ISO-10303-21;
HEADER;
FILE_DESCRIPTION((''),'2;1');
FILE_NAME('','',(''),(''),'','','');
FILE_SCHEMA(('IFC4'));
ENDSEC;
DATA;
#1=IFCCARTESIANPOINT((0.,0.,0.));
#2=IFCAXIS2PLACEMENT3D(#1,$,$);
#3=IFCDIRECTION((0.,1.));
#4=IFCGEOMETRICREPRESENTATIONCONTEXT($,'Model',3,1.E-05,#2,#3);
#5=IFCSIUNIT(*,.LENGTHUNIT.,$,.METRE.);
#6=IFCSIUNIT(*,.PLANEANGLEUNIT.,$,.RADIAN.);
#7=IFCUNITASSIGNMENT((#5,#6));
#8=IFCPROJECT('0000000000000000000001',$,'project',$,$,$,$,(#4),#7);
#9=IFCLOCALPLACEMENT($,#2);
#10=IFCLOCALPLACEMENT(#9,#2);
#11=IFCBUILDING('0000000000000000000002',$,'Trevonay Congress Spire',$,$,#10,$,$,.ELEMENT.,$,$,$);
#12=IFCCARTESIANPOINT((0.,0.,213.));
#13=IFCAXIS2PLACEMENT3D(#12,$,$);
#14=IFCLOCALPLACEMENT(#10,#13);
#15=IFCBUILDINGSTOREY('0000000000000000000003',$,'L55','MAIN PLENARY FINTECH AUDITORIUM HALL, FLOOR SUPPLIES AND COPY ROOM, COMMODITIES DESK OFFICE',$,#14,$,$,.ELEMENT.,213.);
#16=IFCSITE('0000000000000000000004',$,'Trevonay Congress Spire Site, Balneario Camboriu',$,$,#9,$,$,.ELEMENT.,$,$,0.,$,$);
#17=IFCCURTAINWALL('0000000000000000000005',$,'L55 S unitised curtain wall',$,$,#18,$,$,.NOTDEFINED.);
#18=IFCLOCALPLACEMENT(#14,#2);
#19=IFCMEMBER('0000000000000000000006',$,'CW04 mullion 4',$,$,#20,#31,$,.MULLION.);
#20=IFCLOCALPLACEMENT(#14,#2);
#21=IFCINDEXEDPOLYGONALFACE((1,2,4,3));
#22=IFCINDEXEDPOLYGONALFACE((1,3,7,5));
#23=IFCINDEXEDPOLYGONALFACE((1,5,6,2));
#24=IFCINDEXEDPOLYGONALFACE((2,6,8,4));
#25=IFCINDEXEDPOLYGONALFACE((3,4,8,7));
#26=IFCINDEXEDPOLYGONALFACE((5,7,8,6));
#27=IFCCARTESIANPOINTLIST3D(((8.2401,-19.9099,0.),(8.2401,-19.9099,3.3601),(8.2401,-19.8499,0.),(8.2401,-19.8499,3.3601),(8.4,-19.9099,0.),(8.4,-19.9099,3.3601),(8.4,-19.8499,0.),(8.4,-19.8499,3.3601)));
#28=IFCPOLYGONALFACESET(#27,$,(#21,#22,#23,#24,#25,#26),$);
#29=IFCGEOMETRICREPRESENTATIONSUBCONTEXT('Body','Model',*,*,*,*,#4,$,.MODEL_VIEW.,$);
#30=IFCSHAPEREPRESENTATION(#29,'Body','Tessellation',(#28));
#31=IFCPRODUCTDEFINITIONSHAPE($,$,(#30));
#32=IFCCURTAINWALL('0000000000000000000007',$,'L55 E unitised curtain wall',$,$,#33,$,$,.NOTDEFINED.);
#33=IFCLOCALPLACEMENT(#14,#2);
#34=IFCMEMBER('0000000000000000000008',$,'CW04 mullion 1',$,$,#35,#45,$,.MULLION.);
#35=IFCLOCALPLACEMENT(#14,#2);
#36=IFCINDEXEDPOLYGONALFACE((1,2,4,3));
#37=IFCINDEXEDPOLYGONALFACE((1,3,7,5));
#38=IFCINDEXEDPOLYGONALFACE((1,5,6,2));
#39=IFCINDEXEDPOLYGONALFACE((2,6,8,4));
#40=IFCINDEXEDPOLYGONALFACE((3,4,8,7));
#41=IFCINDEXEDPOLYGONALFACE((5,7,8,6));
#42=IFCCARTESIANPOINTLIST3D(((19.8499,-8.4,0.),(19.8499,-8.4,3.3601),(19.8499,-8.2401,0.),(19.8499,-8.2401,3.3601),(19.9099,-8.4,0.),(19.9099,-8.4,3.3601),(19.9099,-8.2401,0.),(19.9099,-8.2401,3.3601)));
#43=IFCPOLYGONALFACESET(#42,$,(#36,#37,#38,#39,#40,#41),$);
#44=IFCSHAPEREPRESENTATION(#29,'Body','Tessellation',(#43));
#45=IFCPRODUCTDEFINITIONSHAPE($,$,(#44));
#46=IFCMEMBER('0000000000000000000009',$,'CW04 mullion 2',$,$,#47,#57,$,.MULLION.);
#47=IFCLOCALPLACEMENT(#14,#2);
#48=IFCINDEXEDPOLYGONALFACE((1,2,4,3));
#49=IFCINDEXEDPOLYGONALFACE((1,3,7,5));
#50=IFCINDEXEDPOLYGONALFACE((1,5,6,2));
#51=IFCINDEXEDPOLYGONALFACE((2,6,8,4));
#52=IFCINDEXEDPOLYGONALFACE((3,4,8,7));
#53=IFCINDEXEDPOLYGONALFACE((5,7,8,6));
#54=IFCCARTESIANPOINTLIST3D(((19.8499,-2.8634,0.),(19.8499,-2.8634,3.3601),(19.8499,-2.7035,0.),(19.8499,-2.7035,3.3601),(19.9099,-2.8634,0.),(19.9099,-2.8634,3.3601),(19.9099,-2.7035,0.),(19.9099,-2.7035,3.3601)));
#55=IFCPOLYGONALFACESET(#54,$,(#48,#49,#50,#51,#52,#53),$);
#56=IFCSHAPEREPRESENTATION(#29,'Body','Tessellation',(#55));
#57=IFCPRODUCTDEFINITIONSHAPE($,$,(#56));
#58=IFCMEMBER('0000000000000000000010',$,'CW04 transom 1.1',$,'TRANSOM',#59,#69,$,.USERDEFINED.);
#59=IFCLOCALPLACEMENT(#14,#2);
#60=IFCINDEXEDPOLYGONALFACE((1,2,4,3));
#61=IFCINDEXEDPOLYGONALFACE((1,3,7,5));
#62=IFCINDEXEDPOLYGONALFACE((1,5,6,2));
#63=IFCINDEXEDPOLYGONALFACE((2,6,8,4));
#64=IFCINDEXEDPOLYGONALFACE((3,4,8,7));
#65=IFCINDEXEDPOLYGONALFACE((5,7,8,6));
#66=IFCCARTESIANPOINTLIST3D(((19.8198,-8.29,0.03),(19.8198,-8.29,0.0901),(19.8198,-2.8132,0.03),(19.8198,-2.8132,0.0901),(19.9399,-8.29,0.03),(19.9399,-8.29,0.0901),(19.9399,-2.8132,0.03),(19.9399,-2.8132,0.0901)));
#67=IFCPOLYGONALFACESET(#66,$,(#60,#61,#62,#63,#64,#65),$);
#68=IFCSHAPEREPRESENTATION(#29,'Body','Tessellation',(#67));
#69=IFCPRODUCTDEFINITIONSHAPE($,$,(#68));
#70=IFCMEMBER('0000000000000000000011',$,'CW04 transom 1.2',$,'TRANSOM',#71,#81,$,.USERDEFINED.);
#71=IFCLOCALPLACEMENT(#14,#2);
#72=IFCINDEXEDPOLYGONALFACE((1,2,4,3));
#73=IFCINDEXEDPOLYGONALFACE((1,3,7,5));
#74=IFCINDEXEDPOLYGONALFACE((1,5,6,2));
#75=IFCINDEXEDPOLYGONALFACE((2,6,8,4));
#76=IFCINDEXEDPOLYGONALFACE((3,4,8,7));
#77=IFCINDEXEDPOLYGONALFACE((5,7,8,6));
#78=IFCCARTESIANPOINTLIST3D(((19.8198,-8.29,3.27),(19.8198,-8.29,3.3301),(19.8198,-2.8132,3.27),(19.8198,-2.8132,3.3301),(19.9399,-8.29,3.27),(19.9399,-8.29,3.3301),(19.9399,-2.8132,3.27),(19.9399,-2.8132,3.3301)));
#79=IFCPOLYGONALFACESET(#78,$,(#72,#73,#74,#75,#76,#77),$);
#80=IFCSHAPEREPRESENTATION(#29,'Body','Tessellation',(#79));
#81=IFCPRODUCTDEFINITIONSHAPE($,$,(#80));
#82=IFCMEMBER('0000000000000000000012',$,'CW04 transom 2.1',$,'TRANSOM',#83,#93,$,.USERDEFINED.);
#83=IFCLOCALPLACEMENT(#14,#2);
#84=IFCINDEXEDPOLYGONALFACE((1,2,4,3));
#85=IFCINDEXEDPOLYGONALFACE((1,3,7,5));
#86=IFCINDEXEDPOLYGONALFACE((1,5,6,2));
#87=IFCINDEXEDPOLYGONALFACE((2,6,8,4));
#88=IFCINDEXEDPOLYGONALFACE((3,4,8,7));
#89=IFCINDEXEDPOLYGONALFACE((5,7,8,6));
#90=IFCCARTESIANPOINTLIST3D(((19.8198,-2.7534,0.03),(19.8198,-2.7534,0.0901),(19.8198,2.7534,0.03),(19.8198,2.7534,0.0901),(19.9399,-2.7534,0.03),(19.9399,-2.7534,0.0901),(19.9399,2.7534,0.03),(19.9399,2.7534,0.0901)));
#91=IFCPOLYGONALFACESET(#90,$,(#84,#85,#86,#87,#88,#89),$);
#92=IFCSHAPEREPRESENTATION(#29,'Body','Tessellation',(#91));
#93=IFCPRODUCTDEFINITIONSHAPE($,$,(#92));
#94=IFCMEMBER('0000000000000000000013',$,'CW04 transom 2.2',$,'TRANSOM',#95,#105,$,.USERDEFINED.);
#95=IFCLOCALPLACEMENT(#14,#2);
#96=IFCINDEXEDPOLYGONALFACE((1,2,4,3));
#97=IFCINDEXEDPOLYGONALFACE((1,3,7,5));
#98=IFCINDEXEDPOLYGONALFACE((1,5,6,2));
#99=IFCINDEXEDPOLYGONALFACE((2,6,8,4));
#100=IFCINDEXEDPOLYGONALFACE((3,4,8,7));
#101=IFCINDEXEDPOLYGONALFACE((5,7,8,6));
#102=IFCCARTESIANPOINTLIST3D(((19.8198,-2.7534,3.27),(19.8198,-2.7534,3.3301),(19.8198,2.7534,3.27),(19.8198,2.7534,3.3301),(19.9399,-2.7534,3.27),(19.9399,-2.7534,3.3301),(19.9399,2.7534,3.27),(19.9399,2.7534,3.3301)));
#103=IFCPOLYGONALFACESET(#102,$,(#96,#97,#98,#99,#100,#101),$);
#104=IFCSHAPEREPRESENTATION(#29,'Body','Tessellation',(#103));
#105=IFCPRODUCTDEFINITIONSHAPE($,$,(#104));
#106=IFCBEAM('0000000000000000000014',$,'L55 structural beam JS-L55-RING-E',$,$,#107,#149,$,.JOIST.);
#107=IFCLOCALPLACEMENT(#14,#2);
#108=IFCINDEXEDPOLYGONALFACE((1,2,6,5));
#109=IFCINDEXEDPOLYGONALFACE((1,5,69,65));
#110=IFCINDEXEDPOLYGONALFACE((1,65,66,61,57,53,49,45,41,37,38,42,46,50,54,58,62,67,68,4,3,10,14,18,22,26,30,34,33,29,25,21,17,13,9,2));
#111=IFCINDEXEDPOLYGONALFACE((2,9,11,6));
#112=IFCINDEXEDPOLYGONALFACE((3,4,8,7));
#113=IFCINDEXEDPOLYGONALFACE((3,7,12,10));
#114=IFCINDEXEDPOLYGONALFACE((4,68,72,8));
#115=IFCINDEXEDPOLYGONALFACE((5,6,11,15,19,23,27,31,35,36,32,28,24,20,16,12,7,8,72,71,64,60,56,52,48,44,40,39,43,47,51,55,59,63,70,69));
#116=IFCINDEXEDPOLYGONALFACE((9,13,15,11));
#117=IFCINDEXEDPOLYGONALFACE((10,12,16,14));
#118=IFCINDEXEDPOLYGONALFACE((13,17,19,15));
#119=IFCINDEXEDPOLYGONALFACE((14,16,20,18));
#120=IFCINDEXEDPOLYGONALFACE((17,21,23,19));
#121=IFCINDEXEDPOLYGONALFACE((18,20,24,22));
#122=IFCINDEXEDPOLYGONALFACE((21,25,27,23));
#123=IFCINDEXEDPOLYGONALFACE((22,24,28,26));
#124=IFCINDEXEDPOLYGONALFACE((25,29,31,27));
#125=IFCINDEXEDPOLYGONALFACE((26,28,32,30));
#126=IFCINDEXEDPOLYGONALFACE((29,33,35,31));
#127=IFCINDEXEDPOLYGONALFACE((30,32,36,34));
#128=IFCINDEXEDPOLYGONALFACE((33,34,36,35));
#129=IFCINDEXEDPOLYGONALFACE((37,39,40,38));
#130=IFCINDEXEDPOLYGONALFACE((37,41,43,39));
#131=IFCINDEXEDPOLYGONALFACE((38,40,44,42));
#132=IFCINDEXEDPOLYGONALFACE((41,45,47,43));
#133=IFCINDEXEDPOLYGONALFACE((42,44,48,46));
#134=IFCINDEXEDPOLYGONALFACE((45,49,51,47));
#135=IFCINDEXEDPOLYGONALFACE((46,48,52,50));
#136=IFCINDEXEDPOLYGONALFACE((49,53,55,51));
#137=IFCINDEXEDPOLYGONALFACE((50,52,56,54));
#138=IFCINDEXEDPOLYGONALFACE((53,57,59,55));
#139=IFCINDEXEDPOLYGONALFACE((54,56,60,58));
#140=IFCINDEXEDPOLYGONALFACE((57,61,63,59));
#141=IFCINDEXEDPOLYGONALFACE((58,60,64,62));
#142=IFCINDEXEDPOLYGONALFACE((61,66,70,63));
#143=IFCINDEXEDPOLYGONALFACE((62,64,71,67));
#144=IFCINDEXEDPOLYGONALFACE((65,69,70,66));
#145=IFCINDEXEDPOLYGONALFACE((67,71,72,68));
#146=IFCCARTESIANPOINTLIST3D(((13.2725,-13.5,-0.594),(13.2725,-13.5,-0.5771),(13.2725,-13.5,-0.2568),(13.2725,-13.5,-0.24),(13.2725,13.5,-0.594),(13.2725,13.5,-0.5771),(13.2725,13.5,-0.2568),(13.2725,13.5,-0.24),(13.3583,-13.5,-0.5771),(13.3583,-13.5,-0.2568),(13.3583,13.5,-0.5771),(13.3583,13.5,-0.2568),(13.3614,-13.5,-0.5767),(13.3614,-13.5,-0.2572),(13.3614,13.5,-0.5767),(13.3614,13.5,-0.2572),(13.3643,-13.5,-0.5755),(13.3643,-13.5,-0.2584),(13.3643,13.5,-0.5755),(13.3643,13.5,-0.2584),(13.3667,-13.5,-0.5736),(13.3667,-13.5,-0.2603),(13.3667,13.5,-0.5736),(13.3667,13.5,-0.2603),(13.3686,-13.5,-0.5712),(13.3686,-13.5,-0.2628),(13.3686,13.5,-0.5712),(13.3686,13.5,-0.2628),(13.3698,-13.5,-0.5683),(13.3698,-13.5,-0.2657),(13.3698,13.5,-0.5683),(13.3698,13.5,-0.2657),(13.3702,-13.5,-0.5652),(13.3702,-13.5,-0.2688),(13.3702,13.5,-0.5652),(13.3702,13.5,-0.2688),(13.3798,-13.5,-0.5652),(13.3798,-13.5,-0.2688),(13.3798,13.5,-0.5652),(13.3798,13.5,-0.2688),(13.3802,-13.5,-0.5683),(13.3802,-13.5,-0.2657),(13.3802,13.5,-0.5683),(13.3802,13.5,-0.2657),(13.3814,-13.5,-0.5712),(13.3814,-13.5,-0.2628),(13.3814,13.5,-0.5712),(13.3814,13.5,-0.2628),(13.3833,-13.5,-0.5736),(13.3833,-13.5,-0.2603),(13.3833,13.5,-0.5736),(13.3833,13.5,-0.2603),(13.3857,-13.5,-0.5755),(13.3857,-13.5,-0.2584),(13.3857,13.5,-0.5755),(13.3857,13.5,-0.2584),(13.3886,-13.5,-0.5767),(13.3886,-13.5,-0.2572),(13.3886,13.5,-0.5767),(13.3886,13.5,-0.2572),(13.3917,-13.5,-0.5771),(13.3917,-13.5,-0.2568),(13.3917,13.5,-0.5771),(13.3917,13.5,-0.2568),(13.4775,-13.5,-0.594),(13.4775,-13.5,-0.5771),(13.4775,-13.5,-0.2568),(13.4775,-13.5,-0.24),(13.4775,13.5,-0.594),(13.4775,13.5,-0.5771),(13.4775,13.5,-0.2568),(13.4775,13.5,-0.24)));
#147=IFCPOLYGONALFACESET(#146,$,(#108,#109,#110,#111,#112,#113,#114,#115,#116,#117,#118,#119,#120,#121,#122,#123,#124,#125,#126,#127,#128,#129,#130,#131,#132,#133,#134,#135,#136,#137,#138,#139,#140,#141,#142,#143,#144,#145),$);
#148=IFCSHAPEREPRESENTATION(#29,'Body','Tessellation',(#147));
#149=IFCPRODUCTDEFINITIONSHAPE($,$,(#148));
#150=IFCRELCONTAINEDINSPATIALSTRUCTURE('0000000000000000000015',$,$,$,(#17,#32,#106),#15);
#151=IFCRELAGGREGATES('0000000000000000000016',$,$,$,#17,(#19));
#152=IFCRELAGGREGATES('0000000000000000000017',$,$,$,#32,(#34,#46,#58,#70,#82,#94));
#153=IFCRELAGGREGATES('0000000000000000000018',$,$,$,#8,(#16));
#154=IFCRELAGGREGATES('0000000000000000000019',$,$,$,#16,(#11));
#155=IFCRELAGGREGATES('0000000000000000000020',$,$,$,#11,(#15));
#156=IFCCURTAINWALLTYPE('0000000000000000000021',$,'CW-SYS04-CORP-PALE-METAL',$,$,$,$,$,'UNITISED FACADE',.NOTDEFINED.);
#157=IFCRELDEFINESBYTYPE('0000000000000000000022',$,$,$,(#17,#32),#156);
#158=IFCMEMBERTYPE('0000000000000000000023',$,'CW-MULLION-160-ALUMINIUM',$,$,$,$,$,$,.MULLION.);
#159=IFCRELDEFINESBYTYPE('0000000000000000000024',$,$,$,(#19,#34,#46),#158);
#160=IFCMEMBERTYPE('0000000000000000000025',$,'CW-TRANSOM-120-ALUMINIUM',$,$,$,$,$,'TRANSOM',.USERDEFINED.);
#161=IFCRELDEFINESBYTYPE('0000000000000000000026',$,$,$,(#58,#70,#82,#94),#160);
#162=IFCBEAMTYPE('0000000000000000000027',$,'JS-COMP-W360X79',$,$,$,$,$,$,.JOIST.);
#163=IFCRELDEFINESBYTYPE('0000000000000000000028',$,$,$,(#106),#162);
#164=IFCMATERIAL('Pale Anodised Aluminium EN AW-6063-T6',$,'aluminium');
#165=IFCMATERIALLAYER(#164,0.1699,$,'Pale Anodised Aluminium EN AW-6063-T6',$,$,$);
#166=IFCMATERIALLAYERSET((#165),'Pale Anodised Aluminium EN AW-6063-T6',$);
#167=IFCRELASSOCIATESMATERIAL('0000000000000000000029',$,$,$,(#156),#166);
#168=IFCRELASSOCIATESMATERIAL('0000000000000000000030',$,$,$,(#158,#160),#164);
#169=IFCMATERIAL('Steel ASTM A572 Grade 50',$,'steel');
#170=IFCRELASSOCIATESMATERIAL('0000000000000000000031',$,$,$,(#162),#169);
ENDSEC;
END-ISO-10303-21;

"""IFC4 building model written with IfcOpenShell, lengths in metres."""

from ifc_helpers import new_model, si_unit, direction, frame, origin, origin_2d, place, context, subcontext, project, spatial, rectangle, i_section, extrude, material, layer, layer_set, material_profile, profile_set, type_object, element, aggregate, save


model = new_model("IFC4")

# Units and contexts
model_context = context("Model", 3, precision=1e-05, world=origin(), true_north=direction((0.0, 1.0)))
body_context = subcontext(model_context, "Body", "Model", "MODEL_VIEW")
ifc_project = project(units=[si_unit("LENGTHUNIT", "METRE"), si_unit("PLANEANGLEUNIT", "RADIAN")], contexts=[model_context])

# Site, building, storey
site_placement = place(None, origin())
site = spatial("IfcSite", under=ifc_project, at=site_placement, Name="Trevonay Congress Spire Site, Balneario Camboriu", CompositionType="ELEMENT", RefElevation=0.0)
building_placement = place(site_placement, origin())
building = spatial("IfcBuilding", under=site, at=building_placement, Name="Trevonay Congress Spire", CompositionType="ELEMENT")
storey_placement = place(building_placement, frame((0.0, 0.0, 213.0)))
storey = spatial("IfcBuildingStorey", under=building, at=storey_placement, Name="L55", Description="MAIN PLENARY FINTECH AUDITORIUM HALL, FLOOR SUPPLIES AND COPY ROOM, COMMODITIES DESK OFFICE", CompositionType="ELEMENT", Elevation=213.0)

# Shared definitions
ifc_material_1 = material(Name="Steel ASTM A572 Grade 50", Category="steel")

# Curtain wall, member
ifc_material_2 = material(Name="Pale Anodised Aluminium EN AW-6063-T6", Category="aluminium")
ifc_layer_1 = layer(ifc_material_2, 0.1699, Name="Pale Anodised Aluminium EN AW-6063-T6")
ifc_layer_set_1 = layer_set([ifc_layer_1], Name="Pale Anodised Aluminium EN AW-6063-T6")
curtain_wall_type = type_object("IfcCurtainWallType", Name="CW-SYS04-CORP-PALE-METAL", ElementType="UNITISED FACADE", PredefinedType="NOTDEFINED", material=ifc_layer_set_1)
curtain_wall_1_placement = place(storey_placement, origin())
curtain_wall_1 = element("IfcCurtainWall", 1, at=curtain_wall_1_placement, inside=storey, type_object=curtain_wall_type, Name="L55 S unitised curtain wall", PredefinedType="NOTDEFINED")
ifc_material_profile_1 = material_profile(ifc_material_2, rectangle(XDim=0.0601, YDim=0.1599, at=origin_2d()), Name="CW-MULLION-160-ALUMINIUM")
ifc_profile_set_1 = profile_set([ifc_material_profile_1], Name="Pale Anodised Aluminium EN AW-6063-T6")
member_type_1 = type_object("IfcMemberType", Name="CW-MULLION-160-ALUMINIUM", PredefinedType="MULLION", material=ifc_profile_set_1)
member_1_placement = place(storey_placement, frame((8.3201, -19.8799, 0.0), z_axis=(0.0, 0.0, 1.0), x_axis=(0.0, 1.0, 0.0)))
member_1 = element("IfcMember", 2, at=member_1_placement, type_object=member_type_1, Name="CW04 mullion 4", PredefinedType="MULLION", context=body_context, shape_type="SweptSolid", body=[
    extrude(rectangle(XDim=0.0601, YDim=0.1599, at=origin_2d()), origin(), (0.0, 0.0, 1.0), 3.3601),
])
aggregate(curtain_wall_1, [member_1])

# Curtain wall, members
curtain_wall_2_placement = place(storey_placement, origin())
curtain_wall_2 = element("IfcCurtainWall", 3, at=curtain_wall_2_placement, inside=storey, type_object=curtain_wall_type, Name="L55 E unitised curtain wall", PredefinedType="NOTDEFINED")
member_2_placement = place(storey_placement, frame((19.8799, -8.3201, 0.0), z_axis=(0.0, 0.0, 1.0), x_axis=(-1.0, 0.0, 0.0)))
member_2 = element("IfcMember", 4, at=member_2_placement, type_object=member_type_1, Name="CW04 mullion 1", PredefinedType="MULLION", context=body_context, shape_type="SweptSolid", body=[
    extrude(rectangle(XDim=0.0601, YDim=0.1599, at=origin_2d()), origin(), (0.0, 0.0, 1.0), 3.3601),
])
member_3_placement = place(storey_placement, frame((19.8799, -2.7834, 0.0), z_axis=(0.0, 0.0, 1.0), x_axis=(-1.0, 0.0, 0.0)))
member_3 = element("IfcMember", 5, at=member_3_placement, type_object=member_type_1, Name="CW04 mullion 2", PredefinedType="MULLION", context=body_context, shape_type="SweptSolid", body=[
    extrude(rectangle(XDim=0.0601, YDim=0.1599, at=origin_2d()), origin(), (0.0, 0.0, 1.0), 3.3601),
])
ifc_material_profile_2 = material_profile(ifc_material_2, rectangle(XDim=0.1201, YDim=0.0601, at=origin_2d()), Name="CW-TRANSOM-120-ALUMINIUM")
ifc_profile_set_2 = profile_set([ifc_material_profile_2], Name="Pale Anodised Aluminium EN AW-6063-T6")
member_type_2 = type_object("IfcMemberType", Name="CW-TRANSOM-120-ALUMINIUM", ElementType="TRANSOM", PredefinedType="USERDEFINED", material=ifc_profile_set_2)
member_4_placement = place(storey_placement, frame((19.8799, -8.29, 0.0601), z_axis=(0.0, 1.0, 0.0), x_axis=(-1.0, 0.0, 0.0)))
member_4 = element("IfcMember", 6, at=member_4_placement, type_object=member_type_2, Name="CW04 transom 1.1", ObjectType="TRANSOM", PredefinedType="USERDEFINED", context=body_context, shape_type="SweptSolid", body=[
    extrude(rectangle(XDim=0.1201, YDim=0.0601, at=origin_2d()), origin(), (0.0, 0.0, 1.0), 5.4768),
])
member_5_placement = place(storey_placement, frame((19.8799, -8.29, 3.3), z_axis=(0.0, 1.0, 0.0), x_axis=(-1.0, 0.0, 0.0)))
member_5 = element("IfcMember", 7, at=member_5_placement, type_object=member_type_2, Name="CW04 transom 1.2", ObjectType="TRANSOM", PredefinedType="USERDEFINED", context=body_context, shape_type="SweptSolid", body=[
    extrude(rectangle(XDim=0.1201, YDim=0.0601, at=origin_2d()), origin(), (0.0, 0.0, 1.0), 5.4768),
])
member_6_placement = place(storey_placement, frame((19.8799, -2.7534, 0.0601), z_axis=(0.0, 1.0, 0.0), x_axis=(-1.0, 0.0, 0.0)))
member_6 = element("IfcMember", 8, at=member_6_placement, type_object=member_type_2, Name="CW04 transom 2.1", ObjectType="TRANSOM", PredefinedType="USERDEFINED", context=body_context, shape_type="SweptSolid", body=[
    extrude(rectangle(XDim=0.1201, YDim=0.0601, at=origin_2d()), origin(), (0.0, 0.0, 1.0), 5.5068),
])
member_7_placement = place(storey_placement, frame((19.8799, -2.7534, 3.3), z_axis=(0.0, 1.0, 0.0), x_axis=(-1.0, 0.0, 0.0)))
member_7 = element("IfcMember", 9, at=member_7_placement, type_object=member_type_2, Name="CW04 transom 2.2", ObjectType="TRANSOM", PredefinedType="USERDEFINED", context=body_context, shape_type="SweptSolid", body=[
    extrude(rectangle(XDim=0.1201, YDim=0.0601, at=origin_2d()), origin(), (0.0, 0.0, 1.0), 5.5068),
])

# Beam
ifc_material_profile_3 = material_profile(ifc_material_1, i_section(OverallWidth=0.2051, OverallDepth=0.354, WebThickness=0.0095, FlangeThickness=0.0168, FilletRadius=0.012, at=origin_2d()), Name="W360x79")
ifc_profile_set_3 = profile_set([ifc_material_profile_3], Name="Steel ASTM A572 Grade 50")
beam_type_1 = type_object("IfcBeamType", Name="JS-COMP-W360X79", PredefinedType="JOIST", material=ifc_profile_set_3)
beam_1_placement = place(storey_placement, frame((13.375, -13.5, -0.417), z_axis=(0.0, 1.0, 0.0), x_axis=(-1.0, 0.0, 0.0)))
element("IfcBeam", 10, at=beam_1_placement, inside=storey, type_object=beam_type_1, Name="L55 structural beam JS-L55-RING-E", PredefinedType="JOIST", context=body_context, shape_type="SweptSolid", body=[
    extrude(i_section(OverallWidth=0.2051, OverallDepth=0.354, WebThickness=0.0095, FlangeThickness=0.0168, FilletRadius=0.012, at=origin_2d()), origin(), (0.0, 0.0, 1.0), 27.0),
])

aggregate(curtain_wall_2, [member_2, member_3, member_4, member_5, member_6, member_7])

save(model, "model.ifc")
